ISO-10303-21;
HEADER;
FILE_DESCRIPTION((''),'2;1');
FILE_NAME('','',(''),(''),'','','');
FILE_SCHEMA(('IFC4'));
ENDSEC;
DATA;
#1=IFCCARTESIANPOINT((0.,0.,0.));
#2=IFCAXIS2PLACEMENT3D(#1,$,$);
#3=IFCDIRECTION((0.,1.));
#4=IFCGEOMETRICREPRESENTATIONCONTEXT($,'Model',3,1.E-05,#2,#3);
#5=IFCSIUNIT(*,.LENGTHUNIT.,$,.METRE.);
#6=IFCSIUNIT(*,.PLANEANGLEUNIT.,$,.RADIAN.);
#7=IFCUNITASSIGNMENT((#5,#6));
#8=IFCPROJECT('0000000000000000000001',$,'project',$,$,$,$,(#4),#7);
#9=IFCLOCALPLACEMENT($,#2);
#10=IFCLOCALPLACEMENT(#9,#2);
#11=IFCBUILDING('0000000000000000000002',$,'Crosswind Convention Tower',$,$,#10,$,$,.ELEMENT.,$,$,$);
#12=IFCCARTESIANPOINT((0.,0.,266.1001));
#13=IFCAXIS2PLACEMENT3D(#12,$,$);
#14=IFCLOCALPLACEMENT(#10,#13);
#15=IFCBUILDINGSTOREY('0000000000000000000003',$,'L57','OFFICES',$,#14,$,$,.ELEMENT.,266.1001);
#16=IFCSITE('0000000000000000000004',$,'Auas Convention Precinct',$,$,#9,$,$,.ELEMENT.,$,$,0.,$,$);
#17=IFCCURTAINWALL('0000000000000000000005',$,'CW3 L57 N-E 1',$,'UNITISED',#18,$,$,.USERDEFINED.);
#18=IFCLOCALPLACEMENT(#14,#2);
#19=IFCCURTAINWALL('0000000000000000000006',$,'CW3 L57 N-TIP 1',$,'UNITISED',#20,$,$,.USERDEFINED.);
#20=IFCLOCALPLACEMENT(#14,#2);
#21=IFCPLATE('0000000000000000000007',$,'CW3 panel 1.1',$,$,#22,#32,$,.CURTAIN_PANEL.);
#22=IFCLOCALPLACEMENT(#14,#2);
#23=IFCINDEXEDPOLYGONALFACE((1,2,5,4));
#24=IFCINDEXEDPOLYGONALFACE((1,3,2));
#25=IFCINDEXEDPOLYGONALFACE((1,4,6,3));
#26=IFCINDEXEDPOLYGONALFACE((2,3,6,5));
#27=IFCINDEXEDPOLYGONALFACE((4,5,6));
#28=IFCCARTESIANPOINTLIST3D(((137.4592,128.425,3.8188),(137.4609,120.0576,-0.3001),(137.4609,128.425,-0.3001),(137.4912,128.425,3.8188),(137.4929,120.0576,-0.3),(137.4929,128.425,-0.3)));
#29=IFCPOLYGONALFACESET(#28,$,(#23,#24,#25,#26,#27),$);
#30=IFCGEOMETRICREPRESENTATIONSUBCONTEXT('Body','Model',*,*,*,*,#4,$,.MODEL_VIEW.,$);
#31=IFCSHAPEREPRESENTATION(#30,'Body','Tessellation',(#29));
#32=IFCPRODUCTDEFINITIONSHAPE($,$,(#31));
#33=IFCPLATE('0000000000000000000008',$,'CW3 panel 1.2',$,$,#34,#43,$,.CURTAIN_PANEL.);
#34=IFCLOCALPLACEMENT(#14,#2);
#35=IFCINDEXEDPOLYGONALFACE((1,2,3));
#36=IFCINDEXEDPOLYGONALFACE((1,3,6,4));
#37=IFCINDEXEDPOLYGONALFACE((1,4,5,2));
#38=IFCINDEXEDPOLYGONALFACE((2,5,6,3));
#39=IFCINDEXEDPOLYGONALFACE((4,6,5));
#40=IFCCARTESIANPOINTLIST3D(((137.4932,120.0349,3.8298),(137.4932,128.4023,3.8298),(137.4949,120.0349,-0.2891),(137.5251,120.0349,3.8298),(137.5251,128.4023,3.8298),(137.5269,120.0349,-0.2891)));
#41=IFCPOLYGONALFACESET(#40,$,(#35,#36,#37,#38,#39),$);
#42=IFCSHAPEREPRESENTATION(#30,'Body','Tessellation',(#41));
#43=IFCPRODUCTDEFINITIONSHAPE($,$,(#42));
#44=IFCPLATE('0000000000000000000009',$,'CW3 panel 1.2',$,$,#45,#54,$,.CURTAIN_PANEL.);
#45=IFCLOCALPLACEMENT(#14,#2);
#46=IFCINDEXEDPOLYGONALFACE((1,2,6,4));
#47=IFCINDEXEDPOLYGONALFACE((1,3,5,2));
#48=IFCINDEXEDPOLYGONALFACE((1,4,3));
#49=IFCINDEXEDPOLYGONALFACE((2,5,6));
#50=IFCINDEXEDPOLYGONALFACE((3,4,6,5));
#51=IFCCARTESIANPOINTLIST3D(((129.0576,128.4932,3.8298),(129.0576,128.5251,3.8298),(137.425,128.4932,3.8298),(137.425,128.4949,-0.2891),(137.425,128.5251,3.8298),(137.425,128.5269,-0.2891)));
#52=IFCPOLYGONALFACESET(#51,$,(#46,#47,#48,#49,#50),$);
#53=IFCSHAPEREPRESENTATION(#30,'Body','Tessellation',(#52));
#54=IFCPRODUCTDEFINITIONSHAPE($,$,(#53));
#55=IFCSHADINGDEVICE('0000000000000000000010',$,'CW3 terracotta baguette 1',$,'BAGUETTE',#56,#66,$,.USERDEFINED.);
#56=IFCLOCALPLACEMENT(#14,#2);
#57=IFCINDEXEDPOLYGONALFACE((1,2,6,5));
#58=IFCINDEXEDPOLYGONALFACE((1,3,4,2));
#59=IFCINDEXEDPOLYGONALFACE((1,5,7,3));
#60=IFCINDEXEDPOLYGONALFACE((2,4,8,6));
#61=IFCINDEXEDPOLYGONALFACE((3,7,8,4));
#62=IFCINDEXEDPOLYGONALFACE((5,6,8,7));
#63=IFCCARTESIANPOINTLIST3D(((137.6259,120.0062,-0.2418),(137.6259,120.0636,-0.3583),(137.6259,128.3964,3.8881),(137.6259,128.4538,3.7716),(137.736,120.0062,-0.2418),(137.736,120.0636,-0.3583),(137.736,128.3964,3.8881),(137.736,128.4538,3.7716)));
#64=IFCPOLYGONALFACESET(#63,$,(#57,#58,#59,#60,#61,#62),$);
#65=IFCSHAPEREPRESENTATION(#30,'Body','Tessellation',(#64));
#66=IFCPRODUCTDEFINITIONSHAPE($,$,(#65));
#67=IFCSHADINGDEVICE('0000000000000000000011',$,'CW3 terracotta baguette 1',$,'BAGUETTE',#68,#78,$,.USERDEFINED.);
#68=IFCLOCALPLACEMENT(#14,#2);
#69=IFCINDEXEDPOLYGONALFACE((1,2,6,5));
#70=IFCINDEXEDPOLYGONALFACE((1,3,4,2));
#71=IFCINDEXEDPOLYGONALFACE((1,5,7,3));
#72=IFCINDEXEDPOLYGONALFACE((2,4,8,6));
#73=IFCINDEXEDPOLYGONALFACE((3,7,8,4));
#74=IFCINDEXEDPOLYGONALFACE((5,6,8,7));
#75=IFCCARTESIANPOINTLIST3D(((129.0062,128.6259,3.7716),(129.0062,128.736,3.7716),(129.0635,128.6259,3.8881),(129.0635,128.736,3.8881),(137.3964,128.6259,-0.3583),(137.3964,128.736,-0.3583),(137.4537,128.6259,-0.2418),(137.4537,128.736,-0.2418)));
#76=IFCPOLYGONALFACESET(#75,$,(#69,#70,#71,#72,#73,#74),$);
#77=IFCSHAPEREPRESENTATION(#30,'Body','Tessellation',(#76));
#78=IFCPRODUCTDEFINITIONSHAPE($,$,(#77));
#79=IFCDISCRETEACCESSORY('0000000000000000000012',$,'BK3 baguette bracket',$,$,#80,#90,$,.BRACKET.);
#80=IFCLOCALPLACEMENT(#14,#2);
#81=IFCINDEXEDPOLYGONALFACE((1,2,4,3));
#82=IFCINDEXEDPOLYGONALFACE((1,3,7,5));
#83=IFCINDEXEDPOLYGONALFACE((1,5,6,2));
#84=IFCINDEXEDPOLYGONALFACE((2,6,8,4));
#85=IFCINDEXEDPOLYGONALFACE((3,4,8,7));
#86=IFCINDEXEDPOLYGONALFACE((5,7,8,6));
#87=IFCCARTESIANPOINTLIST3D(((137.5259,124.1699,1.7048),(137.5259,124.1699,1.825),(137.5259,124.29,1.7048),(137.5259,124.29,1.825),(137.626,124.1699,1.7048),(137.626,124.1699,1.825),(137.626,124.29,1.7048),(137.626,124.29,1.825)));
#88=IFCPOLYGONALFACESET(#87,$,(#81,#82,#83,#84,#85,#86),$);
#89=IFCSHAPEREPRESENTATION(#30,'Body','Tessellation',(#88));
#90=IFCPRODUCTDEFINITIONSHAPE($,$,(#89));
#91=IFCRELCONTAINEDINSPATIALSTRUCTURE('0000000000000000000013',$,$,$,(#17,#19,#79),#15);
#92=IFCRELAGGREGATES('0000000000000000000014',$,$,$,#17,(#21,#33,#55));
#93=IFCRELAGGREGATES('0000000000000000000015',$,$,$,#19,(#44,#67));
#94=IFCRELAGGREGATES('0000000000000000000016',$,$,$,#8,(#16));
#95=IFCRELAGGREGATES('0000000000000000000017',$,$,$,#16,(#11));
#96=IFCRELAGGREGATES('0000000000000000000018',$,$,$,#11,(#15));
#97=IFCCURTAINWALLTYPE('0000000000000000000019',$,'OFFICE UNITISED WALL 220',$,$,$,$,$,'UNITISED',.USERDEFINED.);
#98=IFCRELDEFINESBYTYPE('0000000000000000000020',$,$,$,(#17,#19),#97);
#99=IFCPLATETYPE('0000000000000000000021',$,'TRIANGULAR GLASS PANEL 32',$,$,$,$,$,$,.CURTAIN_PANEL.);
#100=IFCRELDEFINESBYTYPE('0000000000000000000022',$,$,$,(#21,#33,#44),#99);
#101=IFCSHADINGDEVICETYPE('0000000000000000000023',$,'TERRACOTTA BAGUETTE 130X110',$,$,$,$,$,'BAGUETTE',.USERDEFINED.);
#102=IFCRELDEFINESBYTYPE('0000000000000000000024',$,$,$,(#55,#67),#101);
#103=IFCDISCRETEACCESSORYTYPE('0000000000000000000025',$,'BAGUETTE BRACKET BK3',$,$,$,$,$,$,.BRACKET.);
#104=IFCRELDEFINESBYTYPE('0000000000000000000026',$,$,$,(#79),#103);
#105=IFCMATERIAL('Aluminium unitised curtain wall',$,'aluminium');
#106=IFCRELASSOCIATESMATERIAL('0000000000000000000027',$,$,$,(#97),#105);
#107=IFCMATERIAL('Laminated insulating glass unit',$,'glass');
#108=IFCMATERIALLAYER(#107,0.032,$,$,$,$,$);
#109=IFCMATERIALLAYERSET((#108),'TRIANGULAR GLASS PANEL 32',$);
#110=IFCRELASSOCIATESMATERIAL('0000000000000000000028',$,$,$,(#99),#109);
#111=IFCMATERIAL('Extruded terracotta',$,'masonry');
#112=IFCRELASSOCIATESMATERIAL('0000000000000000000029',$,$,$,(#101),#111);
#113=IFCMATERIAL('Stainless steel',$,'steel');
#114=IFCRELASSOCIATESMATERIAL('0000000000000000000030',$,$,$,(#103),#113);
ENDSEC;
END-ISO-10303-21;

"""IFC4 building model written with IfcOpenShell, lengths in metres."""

from ifc_helpers import new_model, si_unit, direction, frame, origin, origin_2d, place, context, subcontext, project, spatial, polyline, rectangle, outline, extrude, material, layer, layer_set, material_profile, profile_set, type_object, element, aggregate, save


model = new_model("IFC4")

# Units and contexts
model_context = context("Model", 3, precision=1e-05, world=origin(), true_north=direction((0.0, 1.0)))
body_context = subcontext(model_context, "Body", "Model", "MODEL_VIEW")
ifc_project = project(units=[si_unit("LENGTHUNIT", "METRE"), si_unit("PLANEANGLEUNIT", "RADIAN")], contexts=[model_context])

# Site, building, storey
site_placement = place(None, origin())
site = spatial("IfcSite", under=ifc_project, at=site_placement, Name="Auas Convention Precinct", CompositionType="ELEMENT", RefElevation=0.0)
building_placement = place(site_placement, origin())
building = spatial("IfcBuilding", under=site, at=building_placement, Name="Crosswind Convention Tower", CompositionType="ELEMENT")
storey_placement = place(building_placement, frame((0.0, 0.0, 266.1001)))
storey = spatial("IfcBuildingStorey", under=building, at=storey_placement, Name="L57", Description="OFFICES", CompositionType="ELEMENT", Elevation=266.1001)

# Curtain wall
ifc_material_1 = material(Name="Aluminium unitised curtain wall", Category="aluminium")
curtain_wall_type_1 = type_object("IfcCurtainWallType", Name="OFFICE UNITISED WALL 220", ElementType="UNITISED", PredefinedType="USERDEFINED", material=ifc_material_1)
curtain_wall_1_placement = place(storey_placement, origin())
curtain_wall_1 = element("IfcCurtainWall", 1, at=curtain_wall_1_placement, inside=storey, type_object=curtain_wall_type_1, Name="CW3 L57 N-E 1", ObjectType="UNITISED", PredefinedType="USERDEFINED")

# Curtain wall
curtain_wall_2_placement = place(storey_placement, origin())
curtain_wall_2 = element("IfcCurtainWall", 2, at=curtain_wall_2_placement, inside=storey, type_object=curtain_wall_type_1, Name="CW3 L57 N-TIP 1", ObjectType="UNITISED", PredefinedType="USERDEFINED")

# Plates
ifc_material_2 = material(Name="Laminated insulating glass unit", Category="glass")
ifc_layer_1 = layer(ifc_material_2, 0.032)
ifc_layer_set_1 = layer_set([ifc_layer_1], Name="TRIANGULAR GLASS PANEL 32")
plate_type_1 = type_object("IfcPlateType", Name="TRIANGULAR GLASS PANEL 32", PredefinedType="CURTAIN_PANEL", material=ifc_layer_set_1)
plate_1_placement = place(storey_placement, frame((137.4929, 128.425, -0.3), z_axis=(1.0, 0.0, 0.000415), x_axis=(-0.000415, 0.0, 1.0)))
plate_1 = element("IfcPlate", 3, at=plate_1_placement, type_object=plate_type_1, Name="CW3 panel 1.1", PredefinedType="CURTAIN_PANEL", context=body_context, shape_type="SweptSolid", body=[
    extrude(outline(polyline([(0.0, 0.0), (4.1189, 0.0), (0.0, 8.3674), (0.0, 0.0)])), origin(), (0.0, 0.0, -1.0), 0.032),
])
plate_2_placement = place(storey_placement, frame((137.5251, 120.0349, 3.8298), z_axis=(1.0, 0.0, 0.000415), x_axis=(0.000415, 0.0, -1.0)))
plate_2 = element("IfcPlate", 4, at=plate_2_placement, type_object=plate_type_1, Name="CW3 panel 1.2", PredefinedType="CURTAIN_PANEL", context=body_context, shape_type="SweptSolid", body=[
    extrude(outline(polyline([(0.0, 0.0), (4.1189, 0.0), (0.0, 8.3674), (0.0, 0.0)])), origin(), (0.0, 0.0, -1.0), 0.032),
])
plate_3_placement = place(storey_placement, frame((137.425, 128.5251, 3.8298), z_axis=(0.0, 1.0, 0.000415), x_axis=(0.0, 0.000415, -1.0)))
plate_3 = element("IfcPlate", 5, at=plate_3_placement, type_object=plate_type_1, Name="CW3 panel 1.2", PredefinedType="CURTAIN_PANEL", context=body_context, shape_type="SweptSolid", body=[
    extrude(outline(polyline([(0.0, 0.0), (4.1189, 0.0), (0.0, 8.3674), (0.0, 0.0)])), origin(), (0.0, 0.0, -1.0), 0.032),
])

# Shading devices
ifc_material_3 = material(Name="Extruded terracotta", Category="masonry")
ifc_material_profile_1 = material_profile(ifc_material_3, rectangle(XDim=0.1101, YDim=0.1299, at=origin_2d()), Name="TC 110X130")
ifc_profile_set_1 = profile_set([ifc_material_profile_1], Name="Extruded terracotta")
shading_device_type = type_object("IfcShadingDeviceType", Name="TERRACOTTA BAGUETTE 130X110", ElementType="BAGUETTE", PredefinedType="USERDEFINED", material=ifc_profile_set_1)
shading_device_1_placement = place(storey_placement, frame((137.6809, 120.0349, -0.3), z_axis=(0.0, 0.897198, 0.441628), x_axis=(-1.0, 0.0, 0.0)))
shading_device_1 = element("IfcShadingDevice", 6, at=shading_device_1_placement, type_object=shading_device_type, Name="CW3 terracotta baguette 1", ObjectType="BAGUETTE", PredefinedType="USERDEFINED", context=body_context, shape_type="SweptSolid", body=[
    extrude(rectangle(XDim=0.1101, YDim=0.1299, at=origin_2d()), origin(), (0.0, 0.0, 1.0), 9.3516),
])
aggregate(curtain_wall_1, [plate_1, plate_2, shading_device_1])
shading_device_2_placement = place(storey_placement, frame((137.425, 128.6809, -0.3), z_axis=(-0.897198, 0.0, 0.441628), x_axis=(0.0, -1.0, 0.0)))
shading_device_2 = element("IfcShadingDevice", 7, at=shading_device_2_placement, type_object=shading_device_type, Name="CW3 terracotta baguette 1", ObjectType="BAGUETTE", PredefinedType="USERDEFINED", context=body_context, shape_type="SweptSolid", body=[
    extrude(rectangle(XDim=0.1101, YDim=0.1299, at=origin_2d()), origin(), (0.0, 0.0, 1.0), 9.3516),
])
aggregate(curtain_wall_2, [plate_3, shading_device_2])

# Discrete accessory
ifc_material_4 = material(Name="Stainless steel", Category="steel")
discrete_accessory_type = type_object("IfcDiscreteAccessoryType", Name="BAGUETTE BRACKET BK3", PredefinedType="BRACKET", material=ifc_material_4)
discrete_accessory_placement = place(storey_placement, frame((137.5759, 124.23, 1.7048), z_axis=(0.0, 0.0, 1.0), x_axis=(0.0, 1.0, 0.0)))
element("IfcDiscreteAccessory", 8, at=discrete_accessory_placement, inside=storey, type_object=discrete_accessory_type, Name="BK3 baguette bracket", PredefinedType="BRACKET", context=body_context, shape_type="SweptSolid", body=[
    extrude(rectangle(XDim=0.1201, YDim=0.1001, at=origin_2d()), origin(), (0.0, 0.0, 1.0), 0.1201),
])

save(model, "model.ifc")
